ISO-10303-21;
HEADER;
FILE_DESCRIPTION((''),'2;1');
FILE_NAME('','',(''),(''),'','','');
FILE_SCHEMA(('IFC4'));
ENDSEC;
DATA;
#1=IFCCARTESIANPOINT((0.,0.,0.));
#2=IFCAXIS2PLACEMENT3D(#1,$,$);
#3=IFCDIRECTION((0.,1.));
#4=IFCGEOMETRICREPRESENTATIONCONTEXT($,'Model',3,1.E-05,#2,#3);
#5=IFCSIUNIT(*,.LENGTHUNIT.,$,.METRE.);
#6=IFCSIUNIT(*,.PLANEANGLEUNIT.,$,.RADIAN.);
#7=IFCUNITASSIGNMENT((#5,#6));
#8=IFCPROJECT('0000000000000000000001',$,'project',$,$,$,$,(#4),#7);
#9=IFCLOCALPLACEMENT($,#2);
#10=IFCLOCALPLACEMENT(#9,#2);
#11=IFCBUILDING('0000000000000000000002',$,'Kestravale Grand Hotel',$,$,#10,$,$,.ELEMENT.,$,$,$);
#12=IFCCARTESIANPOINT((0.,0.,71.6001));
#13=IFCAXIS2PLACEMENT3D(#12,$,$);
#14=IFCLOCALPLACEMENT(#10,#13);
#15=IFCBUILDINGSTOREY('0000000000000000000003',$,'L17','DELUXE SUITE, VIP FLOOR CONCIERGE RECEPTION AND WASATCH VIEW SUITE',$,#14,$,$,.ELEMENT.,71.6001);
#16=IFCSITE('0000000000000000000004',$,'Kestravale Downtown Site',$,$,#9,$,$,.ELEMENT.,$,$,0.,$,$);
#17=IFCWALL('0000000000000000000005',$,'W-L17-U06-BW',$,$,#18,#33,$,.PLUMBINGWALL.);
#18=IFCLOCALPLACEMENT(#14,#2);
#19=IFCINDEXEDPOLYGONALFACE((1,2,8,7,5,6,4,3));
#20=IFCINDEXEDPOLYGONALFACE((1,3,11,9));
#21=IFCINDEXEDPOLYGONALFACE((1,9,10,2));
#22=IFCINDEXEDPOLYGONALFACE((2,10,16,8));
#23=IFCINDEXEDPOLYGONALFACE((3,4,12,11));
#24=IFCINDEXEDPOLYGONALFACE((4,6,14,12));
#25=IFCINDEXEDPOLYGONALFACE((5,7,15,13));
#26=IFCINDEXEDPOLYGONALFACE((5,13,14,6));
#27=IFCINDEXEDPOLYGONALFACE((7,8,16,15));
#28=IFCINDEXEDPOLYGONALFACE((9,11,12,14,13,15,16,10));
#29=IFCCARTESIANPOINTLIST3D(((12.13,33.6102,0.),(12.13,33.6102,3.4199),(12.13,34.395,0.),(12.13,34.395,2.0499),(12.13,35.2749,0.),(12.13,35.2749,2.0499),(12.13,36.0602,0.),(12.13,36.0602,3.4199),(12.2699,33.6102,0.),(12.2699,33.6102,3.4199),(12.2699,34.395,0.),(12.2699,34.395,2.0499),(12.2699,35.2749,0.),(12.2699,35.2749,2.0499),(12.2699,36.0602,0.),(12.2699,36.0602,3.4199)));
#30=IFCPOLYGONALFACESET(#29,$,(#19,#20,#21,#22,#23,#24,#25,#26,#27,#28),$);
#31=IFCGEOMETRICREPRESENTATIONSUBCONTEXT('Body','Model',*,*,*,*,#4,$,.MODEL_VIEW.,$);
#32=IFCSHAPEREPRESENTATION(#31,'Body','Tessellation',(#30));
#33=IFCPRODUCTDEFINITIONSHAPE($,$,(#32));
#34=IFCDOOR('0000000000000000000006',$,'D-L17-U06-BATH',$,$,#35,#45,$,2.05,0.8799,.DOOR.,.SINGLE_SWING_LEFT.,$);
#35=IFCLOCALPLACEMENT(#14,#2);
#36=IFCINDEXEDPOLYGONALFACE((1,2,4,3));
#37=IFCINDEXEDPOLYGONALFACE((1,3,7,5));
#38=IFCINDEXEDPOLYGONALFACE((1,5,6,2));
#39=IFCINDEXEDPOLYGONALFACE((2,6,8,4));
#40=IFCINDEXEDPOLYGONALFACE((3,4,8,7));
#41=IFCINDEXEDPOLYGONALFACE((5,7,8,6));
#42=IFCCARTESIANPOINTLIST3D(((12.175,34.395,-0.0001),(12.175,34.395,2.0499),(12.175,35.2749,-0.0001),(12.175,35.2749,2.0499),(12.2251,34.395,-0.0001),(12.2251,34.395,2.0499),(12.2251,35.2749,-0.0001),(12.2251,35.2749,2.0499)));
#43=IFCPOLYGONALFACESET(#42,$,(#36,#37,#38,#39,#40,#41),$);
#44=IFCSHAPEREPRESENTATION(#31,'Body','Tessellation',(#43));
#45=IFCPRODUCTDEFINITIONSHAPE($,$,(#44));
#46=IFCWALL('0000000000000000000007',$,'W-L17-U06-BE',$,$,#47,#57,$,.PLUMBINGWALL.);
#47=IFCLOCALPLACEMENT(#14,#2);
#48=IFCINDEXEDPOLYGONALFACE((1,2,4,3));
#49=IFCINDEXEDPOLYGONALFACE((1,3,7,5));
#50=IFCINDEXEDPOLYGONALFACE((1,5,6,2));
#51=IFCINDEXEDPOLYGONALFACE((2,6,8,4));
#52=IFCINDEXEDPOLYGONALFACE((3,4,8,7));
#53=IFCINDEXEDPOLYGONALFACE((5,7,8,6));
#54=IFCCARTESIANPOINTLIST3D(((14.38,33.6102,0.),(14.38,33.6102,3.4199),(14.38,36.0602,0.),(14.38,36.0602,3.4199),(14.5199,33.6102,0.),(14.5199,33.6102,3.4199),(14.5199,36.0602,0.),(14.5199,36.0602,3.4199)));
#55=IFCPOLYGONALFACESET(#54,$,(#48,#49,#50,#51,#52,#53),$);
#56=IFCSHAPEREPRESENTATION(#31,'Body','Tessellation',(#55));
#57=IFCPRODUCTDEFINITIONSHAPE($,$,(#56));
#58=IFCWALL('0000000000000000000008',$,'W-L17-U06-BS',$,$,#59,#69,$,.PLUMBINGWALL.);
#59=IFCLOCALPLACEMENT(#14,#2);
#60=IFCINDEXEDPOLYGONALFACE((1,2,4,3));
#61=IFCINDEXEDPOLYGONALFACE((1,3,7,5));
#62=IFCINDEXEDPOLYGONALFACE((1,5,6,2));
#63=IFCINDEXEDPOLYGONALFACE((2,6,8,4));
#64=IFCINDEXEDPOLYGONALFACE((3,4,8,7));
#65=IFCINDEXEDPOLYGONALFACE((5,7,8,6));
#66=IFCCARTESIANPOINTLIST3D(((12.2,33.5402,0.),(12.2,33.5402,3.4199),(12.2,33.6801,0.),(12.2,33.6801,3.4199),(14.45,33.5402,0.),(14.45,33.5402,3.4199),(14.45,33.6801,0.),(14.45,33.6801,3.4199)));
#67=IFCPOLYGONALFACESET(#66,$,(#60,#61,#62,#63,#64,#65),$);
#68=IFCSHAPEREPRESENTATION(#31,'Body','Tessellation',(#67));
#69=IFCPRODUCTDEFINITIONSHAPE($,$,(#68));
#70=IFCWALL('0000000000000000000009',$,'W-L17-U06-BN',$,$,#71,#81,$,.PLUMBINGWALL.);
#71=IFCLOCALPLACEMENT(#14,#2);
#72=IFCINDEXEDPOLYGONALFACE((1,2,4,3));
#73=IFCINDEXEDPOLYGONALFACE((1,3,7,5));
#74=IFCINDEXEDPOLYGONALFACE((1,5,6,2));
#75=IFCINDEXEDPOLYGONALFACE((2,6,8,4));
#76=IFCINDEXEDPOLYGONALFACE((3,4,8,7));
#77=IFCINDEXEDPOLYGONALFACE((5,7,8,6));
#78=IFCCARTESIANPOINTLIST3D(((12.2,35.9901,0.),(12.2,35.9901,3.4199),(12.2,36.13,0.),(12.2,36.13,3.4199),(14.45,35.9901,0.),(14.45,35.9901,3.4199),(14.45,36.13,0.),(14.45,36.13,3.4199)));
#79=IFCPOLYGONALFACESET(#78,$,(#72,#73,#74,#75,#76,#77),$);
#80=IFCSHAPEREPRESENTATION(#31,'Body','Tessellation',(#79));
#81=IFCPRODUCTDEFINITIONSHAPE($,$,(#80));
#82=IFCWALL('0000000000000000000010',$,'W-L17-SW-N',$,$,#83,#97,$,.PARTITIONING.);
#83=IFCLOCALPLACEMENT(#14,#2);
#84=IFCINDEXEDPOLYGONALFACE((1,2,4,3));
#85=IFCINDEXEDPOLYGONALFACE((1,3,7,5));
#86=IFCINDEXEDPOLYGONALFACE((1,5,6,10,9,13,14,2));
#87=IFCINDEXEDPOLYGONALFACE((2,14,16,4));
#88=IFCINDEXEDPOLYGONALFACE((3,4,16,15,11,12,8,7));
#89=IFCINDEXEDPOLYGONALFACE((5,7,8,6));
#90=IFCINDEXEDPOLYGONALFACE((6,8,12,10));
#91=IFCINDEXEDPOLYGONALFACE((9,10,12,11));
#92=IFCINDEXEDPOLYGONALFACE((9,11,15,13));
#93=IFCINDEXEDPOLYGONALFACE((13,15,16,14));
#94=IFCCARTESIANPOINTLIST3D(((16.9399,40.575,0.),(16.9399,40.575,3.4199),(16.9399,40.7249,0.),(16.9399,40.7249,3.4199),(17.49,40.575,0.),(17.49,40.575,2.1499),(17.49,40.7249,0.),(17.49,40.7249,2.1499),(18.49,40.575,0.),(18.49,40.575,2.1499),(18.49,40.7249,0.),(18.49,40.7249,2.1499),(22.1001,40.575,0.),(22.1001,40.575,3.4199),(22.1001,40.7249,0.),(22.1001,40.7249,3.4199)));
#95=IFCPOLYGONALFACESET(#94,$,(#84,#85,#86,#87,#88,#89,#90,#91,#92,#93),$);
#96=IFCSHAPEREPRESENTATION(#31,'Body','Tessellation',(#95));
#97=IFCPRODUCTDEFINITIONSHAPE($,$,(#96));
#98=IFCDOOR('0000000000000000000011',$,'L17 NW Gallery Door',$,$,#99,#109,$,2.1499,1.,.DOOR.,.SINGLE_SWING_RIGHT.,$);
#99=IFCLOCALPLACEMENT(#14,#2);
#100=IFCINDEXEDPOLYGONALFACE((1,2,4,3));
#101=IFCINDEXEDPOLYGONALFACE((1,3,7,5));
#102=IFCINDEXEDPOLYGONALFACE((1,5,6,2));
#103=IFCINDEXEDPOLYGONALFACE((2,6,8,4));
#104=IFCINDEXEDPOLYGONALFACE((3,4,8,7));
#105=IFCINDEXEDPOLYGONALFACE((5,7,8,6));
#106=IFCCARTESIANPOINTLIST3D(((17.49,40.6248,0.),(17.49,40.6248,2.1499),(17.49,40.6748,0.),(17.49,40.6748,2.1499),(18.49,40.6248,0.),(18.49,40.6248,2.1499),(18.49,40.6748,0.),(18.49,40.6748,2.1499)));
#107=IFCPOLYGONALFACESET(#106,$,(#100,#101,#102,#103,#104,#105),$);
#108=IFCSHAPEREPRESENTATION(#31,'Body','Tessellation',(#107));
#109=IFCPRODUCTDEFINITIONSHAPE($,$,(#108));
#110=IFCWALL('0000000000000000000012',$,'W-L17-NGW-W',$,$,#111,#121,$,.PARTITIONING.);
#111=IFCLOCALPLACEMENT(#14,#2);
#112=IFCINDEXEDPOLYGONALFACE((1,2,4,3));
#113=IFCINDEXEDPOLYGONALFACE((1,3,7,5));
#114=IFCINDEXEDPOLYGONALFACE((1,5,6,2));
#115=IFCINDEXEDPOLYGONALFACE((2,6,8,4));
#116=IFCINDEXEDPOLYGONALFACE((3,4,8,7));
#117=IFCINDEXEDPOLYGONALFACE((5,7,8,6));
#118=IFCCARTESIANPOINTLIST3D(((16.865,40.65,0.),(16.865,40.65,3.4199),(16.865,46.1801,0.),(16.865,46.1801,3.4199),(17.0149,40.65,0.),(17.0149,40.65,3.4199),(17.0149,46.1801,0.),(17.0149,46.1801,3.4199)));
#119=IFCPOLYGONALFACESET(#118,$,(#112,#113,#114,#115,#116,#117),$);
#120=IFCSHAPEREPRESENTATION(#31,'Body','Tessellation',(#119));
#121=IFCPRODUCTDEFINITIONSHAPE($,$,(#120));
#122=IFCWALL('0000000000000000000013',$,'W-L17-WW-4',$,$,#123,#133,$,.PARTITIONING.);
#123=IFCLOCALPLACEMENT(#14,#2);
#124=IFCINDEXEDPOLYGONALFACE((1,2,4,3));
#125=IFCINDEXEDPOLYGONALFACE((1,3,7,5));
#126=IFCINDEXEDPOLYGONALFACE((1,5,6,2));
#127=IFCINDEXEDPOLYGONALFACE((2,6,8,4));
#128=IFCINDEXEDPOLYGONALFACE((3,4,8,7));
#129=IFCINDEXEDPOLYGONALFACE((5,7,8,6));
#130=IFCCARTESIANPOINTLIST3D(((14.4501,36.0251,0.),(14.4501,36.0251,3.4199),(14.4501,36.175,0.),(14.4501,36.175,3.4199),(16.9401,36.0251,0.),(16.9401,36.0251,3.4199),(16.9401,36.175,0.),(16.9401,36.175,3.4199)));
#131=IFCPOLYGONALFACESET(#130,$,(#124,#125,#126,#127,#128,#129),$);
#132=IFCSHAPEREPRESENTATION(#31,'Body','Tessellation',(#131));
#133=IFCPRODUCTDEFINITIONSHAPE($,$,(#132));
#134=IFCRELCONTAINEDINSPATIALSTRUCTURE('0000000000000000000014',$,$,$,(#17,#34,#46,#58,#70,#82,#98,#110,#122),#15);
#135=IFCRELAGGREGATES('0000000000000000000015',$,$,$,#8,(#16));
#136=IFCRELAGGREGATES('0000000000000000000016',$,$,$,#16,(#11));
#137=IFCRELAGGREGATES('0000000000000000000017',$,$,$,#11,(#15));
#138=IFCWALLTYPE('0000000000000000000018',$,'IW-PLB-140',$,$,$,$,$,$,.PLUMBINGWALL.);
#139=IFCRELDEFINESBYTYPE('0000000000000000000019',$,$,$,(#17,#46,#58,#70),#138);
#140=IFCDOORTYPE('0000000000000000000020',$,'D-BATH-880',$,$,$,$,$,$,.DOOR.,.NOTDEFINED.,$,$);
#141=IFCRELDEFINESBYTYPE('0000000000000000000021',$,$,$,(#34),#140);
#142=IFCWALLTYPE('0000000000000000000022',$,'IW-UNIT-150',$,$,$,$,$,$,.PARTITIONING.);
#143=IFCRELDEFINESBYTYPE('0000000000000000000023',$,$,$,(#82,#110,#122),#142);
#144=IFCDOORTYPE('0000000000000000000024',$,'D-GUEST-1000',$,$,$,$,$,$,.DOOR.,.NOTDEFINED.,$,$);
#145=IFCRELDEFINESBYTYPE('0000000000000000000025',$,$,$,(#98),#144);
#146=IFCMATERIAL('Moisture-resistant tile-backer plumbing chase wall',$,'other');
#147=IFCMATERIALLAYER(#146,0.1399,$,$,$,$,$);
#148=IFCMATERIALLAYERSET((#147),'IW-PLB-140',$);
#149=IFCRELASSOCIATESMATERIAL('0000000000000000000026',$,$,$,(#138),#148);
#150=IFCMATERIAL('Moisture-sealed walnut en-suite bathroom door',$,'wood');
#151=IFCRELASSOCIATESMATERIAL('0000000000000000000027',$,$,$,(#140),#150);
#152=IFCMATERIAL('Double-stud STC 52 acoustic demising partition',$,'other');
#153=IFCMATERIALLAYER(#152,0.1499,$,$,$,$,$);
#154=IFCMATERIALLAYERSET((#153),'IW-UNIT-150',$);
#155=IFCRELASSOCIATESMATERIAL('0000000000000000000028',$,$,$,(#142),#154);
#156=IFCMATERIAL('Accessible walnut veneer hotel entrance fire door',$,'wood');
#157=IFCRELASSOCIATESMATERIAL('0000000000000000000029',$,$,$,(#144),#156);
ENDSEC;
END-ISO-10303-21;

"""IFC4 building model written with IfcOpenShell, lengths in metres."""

from ifc_helpers import new_model, si_unit, direction, frame, frame_2d, origin, place, context, subcontext, project, spatial, rectangle, extrude, material, layer, layer_set, type_object, element, fill, save


model = new_model("IFC4")

# Units and contexts
model_context = context("Model", 3, precision=1e-05, world=origin(), true_north=direction((0.0, 1.0)))
body_context = subcontext(model_context, "Body", "Model", "MODEL_VIEW")
ifc_project = project(units=[si_unit("LENGTHUNIT", "METRE"), si_unit("PLANEANGLEUNIT", "RADIAN")], contexts=[model_context])

# Site, building, storey
site_placement = place(None, origin())
site = spatial("IfcSite", under=ifc_project, at=site_placement, Name="Kestravale Downtown Site", CompositionType="ELEMENT", RefElevation=0.0)
building_placement = place(site_placement, origin())
building = spatial("IfcBuilding", under=site, at=building_placement, Name="Kestravale Grand Hotel", CompositionType="ELEMENT")
storey_placement = place(building_placement, frame((0.0, 0.0, 71.6001)))
storey = spatial("IfcBuildingStorey", under=building, at=storey_placement, Name="L17", Description="DELUXE SUITE, VIP FLOOR CONCIERGE RECEPTION AND WASATCH VIEW SUITE", CompositionType="ELEMENT", Elevation=71.6001)

# Wall, opening, door
ifc_material_1 = material(Name="Moisture-resistant tile-backer plumbing chase wall", Category="other")
ifc_layer_1 = layer(ifc_material_1, 0.1399)
ifc_layer_set_1 = layer_set([ifc_layer_1], Name="IW-PLB-140")
wall_type_1 = type_object("IfcWallType", Name="IW-PLB-140", PredefinedType="PLUMBINGWALL", material=ifc_layer_set_1)
wall_1_placement = place(storey_placement, frame((12.2, 33.6101, 0.0), z_axis=(0.0, 0.0, 1.0), x_axis=(0.0, 1.0, 0.0)))
wall_1 = element("IfcWall", 1, at=wall_1_placement, inside=storey, type_object=wall_type_1, Name="W-L17-U06-BW", PredefinedType="PLUMBINGWALL", context=body_context, shape_type="SweptSolid", body=[
    extrude(rectangle(XDim=2.45, YDim=0.1399, at=frame_2d((1.2251, 0.0))), origin(), (0.0, 0.0, 1.0), 3.4199),
])
opening_1_placement = place(wall_1_placement, frame((0.7849, 0.0, 0.0)))
opening_1 = element("IfcOpeningElement", 2, at=opening_1_placement, cuts=wall_1, PredefinedType="OPENING", context=body_context, shape_type="SweptSolid", body=[
    extrude(rectangle(XDim=0.8799, YDim=2.05, at=frame_2d((0.4399, 1.0249))), frame((0.0, 0.0798, 0.0), z_axis=(0.0, -1.0, 0.0), x_axis=(1.0, 0.0, 0.0)), (0.0, 0.0, 1.0), 0.1599),
])
ifc_material_2 = material(Name="Moisture-sealed walnut en-suite bathroom door", Category="wood")
door_type_1 = type_object("IfcDoorType", Name="D-BATH-880", OperationType="NOTDEFINED", PredefinedType="DOOR", material=ifc_material_2)
door_1_placement = place(opening_1_placement, origin())
door_1 = element("IfcDoor", 3, at=door_1_placement, inside=storey, type_object=door_type_1, Name="D-L17-U06-BATH", OperationType="SINGLE_SWING_LEFT", OverallHeight=2.05, OverallWidth=0.8799, PredefinedType="DOOR", context=body_context, shape_type="SweptSolid", body=[
    extrude(rectangle(XDim=0.8799, YDim=2.05, at=frame_2d((0.4399, 1.0249))), frame((0.0, 0.0249, 0.0), z_axis=(0.0, -1.0, 0.0), x_axis=(1.0, 0.0, 0.0)), (0.0, 0.0, 1.0), 0.05),
])
fill(opening_1, door_1)

# Walls
wall_2_placement = place(storey_placement, frame((14.45, 33.6101, 0.0), z_axis=(0.0, 0.0, 1.0), x_axis=(0.0, 1.0, 0.0)))
element("IfcWall", 4, at=wall_2_placement, inside=storey, type_object=wall_type_1, Name="W-L17-U06-BE", PredefinedType="PLUMBINGWALL", context=body_context, shape_type="SweptSolid", body=[
    extrude(rectangle(XDim=2.45, YDim=0.1399, at=frame_2d((1.2251, 0.0))), origin(), (0.0, 0.0, 1.0), 3.4199),
])
for number, where, z_axis, x_axis, name in (
    (5, (12.2, 33.6101, 0.0), (0.0, 0.0, 1.0), (1.0, 0.0, 0.0), "W-L17-U06-BS"),
    (6, (12.2, 36.0601, 0.0), (0.0, 0.0, 1.0), (1.0, 0.0, 0.0), "W-L17-U06-BN"),
):
    element("IfcWall", number, at=place(storey_placement, frame(where, z_axis=z_axis, x_axis=x_axis)), inside=storey, type_object=wall_type_1, Name=name, PredefinedType="PLUMBINGWALL", context=body_context, shape_type="SweptSolid", body=[
        extrude(rectangle(XDim=2.25, YDim=0.1399, at=frame_2d((1.125, 0.0))), origin(), (0.0, 0.0, 1.0), 3.4199),
    ])

# Wall, opening, door
ifc_material_3 = material(Name="Double-stud STC 52 acoustic demising partition", Category="other")
ifc_layer_2 = layer(ifc_material_3, 0.1499)
ifc_layer_set_2 = layer_set([ifc_layer_2], Name="IW-UNIT-150")
wall_type_2 = type_object("IfcWallType", Name="IW-UNIT-150", PredefinedType="PARTITIONING", material=ifc_layer_set_2)
wall_3_placement = place(storey_placement, frame((16.9399, 40.6499, 0.0), z_axis=(0.0, 0.0, 1.0), x_axis=(1.0, 0.0, 0.0)))
wall_3 = element("IfcWall", 7, at=wall_3_placement, inside=storey, type_object=wall_type_2, Name="W-L17-SW-N", PredefinedType="PARTITIONING", context=body_context, shape_type="SweptSolid", body=[
    extrude(rectangle(XDim=5.1602, YDim=0.1499, at=frame_2d((2.5801, 0.0))), origin(), (0.0, 0.0, 1.0), 3.4199),
])
opening_2_placement = place(wall_3_placement, frame((0.55, 0.0, 0.0)))
opening_2 = element("IfcOpeningElement", 8, at=opening_2_placement, cuts=wall_3, PredefinedType="OPENING", context=body_context, shape_type="SweptSolid", body=[
    extrude(rectangle(XDim=1.0, YDim=2.1499, at=frame_2d((0.5, 1.075))), frame((0.0, 0.085, 0.0), z_axis=(0.0, -1.0, 0.0), x_axis=(1.0, 0.0, 0.0)), (0.0, 0.0, 1.0), 0.1699),
])
ifc_material_4 = material(Name="Accessible walnut veneer hotel entrance fire door", Category="wood")
door_type_2 = type_object("IfcDoorType", Name="D-GUEST-1000", OperationType="NOTDEFINED", PredefinedType="DOOR", material=ifc_material_4)
door_2_placement = place(opening_2_placement, origin())
door_2 = element("IfcDoor", 9, at=door_2_placement, inside=storey, type_object=door_type_2, Name="L17 NW Gallery Door", OperationType="SINGLE_SWING_RIGHT", OverallHeight=2.1499, OverallWidth=1.0, PredefinedType="DOOR", context=body_context, shape_type="SweptSolid", body=[
    extrude(rectangle(XDim=1.0, YDim=2.1499, at=frame_2d((0.5, 1.075))), frame((0.0, 0.0249, 0.0), z_axis=(0.0, -1.0, 0.0), x_axis=(1.0, 0.0, 0.0)), (0.0, 0.0, 1.0), 0.05),
])
fill(opening_2, door_2)

# Walls
wall_4_placement = place(storey_placement, frame((16.9399, 40.6499, 0.0), z_axis=(0.0, 0.0, 1.0), x_axis=(0.0, 1.0, 0.0)))
element("IfcWall", 10, at=wall_4_placement, inside=storey, type_object=wall_type_2, Name="W-L17-NGW-W", PredefinedType="PARTITIONING", context=body_context, shape_type="SweptSolid", body=[
    extrude(rectangle(XDim=5.53, YDim=0.1499, at=frame_2d((2.7651, 0.0))), origin(), (0.0, 0.0, 1.0), 3.4199),
])
wall_5_placement = place(storey_placement, frame((14.45, 36.1001, 0.0), z_axis=(0.0, 0.0, 1.0), x_axis=(1.0, 0.0, 0.0)))
element("IfcWall", 11, at=wall_5_placement, inside=storey, type_object=wall_type_2, Name="W-L17-WW-4", PredefinedType="PARTITIONING", context=body_context, shape_type="SweptSolid", body=[
    extrude(rectangle(XDim=2.49, YDim=0.1499, at=frame_2d((1.2451, 0.0))), origin(), (0.0, 0.0, 1.0), 3.4199),
])

save(model, "model.ifc")
